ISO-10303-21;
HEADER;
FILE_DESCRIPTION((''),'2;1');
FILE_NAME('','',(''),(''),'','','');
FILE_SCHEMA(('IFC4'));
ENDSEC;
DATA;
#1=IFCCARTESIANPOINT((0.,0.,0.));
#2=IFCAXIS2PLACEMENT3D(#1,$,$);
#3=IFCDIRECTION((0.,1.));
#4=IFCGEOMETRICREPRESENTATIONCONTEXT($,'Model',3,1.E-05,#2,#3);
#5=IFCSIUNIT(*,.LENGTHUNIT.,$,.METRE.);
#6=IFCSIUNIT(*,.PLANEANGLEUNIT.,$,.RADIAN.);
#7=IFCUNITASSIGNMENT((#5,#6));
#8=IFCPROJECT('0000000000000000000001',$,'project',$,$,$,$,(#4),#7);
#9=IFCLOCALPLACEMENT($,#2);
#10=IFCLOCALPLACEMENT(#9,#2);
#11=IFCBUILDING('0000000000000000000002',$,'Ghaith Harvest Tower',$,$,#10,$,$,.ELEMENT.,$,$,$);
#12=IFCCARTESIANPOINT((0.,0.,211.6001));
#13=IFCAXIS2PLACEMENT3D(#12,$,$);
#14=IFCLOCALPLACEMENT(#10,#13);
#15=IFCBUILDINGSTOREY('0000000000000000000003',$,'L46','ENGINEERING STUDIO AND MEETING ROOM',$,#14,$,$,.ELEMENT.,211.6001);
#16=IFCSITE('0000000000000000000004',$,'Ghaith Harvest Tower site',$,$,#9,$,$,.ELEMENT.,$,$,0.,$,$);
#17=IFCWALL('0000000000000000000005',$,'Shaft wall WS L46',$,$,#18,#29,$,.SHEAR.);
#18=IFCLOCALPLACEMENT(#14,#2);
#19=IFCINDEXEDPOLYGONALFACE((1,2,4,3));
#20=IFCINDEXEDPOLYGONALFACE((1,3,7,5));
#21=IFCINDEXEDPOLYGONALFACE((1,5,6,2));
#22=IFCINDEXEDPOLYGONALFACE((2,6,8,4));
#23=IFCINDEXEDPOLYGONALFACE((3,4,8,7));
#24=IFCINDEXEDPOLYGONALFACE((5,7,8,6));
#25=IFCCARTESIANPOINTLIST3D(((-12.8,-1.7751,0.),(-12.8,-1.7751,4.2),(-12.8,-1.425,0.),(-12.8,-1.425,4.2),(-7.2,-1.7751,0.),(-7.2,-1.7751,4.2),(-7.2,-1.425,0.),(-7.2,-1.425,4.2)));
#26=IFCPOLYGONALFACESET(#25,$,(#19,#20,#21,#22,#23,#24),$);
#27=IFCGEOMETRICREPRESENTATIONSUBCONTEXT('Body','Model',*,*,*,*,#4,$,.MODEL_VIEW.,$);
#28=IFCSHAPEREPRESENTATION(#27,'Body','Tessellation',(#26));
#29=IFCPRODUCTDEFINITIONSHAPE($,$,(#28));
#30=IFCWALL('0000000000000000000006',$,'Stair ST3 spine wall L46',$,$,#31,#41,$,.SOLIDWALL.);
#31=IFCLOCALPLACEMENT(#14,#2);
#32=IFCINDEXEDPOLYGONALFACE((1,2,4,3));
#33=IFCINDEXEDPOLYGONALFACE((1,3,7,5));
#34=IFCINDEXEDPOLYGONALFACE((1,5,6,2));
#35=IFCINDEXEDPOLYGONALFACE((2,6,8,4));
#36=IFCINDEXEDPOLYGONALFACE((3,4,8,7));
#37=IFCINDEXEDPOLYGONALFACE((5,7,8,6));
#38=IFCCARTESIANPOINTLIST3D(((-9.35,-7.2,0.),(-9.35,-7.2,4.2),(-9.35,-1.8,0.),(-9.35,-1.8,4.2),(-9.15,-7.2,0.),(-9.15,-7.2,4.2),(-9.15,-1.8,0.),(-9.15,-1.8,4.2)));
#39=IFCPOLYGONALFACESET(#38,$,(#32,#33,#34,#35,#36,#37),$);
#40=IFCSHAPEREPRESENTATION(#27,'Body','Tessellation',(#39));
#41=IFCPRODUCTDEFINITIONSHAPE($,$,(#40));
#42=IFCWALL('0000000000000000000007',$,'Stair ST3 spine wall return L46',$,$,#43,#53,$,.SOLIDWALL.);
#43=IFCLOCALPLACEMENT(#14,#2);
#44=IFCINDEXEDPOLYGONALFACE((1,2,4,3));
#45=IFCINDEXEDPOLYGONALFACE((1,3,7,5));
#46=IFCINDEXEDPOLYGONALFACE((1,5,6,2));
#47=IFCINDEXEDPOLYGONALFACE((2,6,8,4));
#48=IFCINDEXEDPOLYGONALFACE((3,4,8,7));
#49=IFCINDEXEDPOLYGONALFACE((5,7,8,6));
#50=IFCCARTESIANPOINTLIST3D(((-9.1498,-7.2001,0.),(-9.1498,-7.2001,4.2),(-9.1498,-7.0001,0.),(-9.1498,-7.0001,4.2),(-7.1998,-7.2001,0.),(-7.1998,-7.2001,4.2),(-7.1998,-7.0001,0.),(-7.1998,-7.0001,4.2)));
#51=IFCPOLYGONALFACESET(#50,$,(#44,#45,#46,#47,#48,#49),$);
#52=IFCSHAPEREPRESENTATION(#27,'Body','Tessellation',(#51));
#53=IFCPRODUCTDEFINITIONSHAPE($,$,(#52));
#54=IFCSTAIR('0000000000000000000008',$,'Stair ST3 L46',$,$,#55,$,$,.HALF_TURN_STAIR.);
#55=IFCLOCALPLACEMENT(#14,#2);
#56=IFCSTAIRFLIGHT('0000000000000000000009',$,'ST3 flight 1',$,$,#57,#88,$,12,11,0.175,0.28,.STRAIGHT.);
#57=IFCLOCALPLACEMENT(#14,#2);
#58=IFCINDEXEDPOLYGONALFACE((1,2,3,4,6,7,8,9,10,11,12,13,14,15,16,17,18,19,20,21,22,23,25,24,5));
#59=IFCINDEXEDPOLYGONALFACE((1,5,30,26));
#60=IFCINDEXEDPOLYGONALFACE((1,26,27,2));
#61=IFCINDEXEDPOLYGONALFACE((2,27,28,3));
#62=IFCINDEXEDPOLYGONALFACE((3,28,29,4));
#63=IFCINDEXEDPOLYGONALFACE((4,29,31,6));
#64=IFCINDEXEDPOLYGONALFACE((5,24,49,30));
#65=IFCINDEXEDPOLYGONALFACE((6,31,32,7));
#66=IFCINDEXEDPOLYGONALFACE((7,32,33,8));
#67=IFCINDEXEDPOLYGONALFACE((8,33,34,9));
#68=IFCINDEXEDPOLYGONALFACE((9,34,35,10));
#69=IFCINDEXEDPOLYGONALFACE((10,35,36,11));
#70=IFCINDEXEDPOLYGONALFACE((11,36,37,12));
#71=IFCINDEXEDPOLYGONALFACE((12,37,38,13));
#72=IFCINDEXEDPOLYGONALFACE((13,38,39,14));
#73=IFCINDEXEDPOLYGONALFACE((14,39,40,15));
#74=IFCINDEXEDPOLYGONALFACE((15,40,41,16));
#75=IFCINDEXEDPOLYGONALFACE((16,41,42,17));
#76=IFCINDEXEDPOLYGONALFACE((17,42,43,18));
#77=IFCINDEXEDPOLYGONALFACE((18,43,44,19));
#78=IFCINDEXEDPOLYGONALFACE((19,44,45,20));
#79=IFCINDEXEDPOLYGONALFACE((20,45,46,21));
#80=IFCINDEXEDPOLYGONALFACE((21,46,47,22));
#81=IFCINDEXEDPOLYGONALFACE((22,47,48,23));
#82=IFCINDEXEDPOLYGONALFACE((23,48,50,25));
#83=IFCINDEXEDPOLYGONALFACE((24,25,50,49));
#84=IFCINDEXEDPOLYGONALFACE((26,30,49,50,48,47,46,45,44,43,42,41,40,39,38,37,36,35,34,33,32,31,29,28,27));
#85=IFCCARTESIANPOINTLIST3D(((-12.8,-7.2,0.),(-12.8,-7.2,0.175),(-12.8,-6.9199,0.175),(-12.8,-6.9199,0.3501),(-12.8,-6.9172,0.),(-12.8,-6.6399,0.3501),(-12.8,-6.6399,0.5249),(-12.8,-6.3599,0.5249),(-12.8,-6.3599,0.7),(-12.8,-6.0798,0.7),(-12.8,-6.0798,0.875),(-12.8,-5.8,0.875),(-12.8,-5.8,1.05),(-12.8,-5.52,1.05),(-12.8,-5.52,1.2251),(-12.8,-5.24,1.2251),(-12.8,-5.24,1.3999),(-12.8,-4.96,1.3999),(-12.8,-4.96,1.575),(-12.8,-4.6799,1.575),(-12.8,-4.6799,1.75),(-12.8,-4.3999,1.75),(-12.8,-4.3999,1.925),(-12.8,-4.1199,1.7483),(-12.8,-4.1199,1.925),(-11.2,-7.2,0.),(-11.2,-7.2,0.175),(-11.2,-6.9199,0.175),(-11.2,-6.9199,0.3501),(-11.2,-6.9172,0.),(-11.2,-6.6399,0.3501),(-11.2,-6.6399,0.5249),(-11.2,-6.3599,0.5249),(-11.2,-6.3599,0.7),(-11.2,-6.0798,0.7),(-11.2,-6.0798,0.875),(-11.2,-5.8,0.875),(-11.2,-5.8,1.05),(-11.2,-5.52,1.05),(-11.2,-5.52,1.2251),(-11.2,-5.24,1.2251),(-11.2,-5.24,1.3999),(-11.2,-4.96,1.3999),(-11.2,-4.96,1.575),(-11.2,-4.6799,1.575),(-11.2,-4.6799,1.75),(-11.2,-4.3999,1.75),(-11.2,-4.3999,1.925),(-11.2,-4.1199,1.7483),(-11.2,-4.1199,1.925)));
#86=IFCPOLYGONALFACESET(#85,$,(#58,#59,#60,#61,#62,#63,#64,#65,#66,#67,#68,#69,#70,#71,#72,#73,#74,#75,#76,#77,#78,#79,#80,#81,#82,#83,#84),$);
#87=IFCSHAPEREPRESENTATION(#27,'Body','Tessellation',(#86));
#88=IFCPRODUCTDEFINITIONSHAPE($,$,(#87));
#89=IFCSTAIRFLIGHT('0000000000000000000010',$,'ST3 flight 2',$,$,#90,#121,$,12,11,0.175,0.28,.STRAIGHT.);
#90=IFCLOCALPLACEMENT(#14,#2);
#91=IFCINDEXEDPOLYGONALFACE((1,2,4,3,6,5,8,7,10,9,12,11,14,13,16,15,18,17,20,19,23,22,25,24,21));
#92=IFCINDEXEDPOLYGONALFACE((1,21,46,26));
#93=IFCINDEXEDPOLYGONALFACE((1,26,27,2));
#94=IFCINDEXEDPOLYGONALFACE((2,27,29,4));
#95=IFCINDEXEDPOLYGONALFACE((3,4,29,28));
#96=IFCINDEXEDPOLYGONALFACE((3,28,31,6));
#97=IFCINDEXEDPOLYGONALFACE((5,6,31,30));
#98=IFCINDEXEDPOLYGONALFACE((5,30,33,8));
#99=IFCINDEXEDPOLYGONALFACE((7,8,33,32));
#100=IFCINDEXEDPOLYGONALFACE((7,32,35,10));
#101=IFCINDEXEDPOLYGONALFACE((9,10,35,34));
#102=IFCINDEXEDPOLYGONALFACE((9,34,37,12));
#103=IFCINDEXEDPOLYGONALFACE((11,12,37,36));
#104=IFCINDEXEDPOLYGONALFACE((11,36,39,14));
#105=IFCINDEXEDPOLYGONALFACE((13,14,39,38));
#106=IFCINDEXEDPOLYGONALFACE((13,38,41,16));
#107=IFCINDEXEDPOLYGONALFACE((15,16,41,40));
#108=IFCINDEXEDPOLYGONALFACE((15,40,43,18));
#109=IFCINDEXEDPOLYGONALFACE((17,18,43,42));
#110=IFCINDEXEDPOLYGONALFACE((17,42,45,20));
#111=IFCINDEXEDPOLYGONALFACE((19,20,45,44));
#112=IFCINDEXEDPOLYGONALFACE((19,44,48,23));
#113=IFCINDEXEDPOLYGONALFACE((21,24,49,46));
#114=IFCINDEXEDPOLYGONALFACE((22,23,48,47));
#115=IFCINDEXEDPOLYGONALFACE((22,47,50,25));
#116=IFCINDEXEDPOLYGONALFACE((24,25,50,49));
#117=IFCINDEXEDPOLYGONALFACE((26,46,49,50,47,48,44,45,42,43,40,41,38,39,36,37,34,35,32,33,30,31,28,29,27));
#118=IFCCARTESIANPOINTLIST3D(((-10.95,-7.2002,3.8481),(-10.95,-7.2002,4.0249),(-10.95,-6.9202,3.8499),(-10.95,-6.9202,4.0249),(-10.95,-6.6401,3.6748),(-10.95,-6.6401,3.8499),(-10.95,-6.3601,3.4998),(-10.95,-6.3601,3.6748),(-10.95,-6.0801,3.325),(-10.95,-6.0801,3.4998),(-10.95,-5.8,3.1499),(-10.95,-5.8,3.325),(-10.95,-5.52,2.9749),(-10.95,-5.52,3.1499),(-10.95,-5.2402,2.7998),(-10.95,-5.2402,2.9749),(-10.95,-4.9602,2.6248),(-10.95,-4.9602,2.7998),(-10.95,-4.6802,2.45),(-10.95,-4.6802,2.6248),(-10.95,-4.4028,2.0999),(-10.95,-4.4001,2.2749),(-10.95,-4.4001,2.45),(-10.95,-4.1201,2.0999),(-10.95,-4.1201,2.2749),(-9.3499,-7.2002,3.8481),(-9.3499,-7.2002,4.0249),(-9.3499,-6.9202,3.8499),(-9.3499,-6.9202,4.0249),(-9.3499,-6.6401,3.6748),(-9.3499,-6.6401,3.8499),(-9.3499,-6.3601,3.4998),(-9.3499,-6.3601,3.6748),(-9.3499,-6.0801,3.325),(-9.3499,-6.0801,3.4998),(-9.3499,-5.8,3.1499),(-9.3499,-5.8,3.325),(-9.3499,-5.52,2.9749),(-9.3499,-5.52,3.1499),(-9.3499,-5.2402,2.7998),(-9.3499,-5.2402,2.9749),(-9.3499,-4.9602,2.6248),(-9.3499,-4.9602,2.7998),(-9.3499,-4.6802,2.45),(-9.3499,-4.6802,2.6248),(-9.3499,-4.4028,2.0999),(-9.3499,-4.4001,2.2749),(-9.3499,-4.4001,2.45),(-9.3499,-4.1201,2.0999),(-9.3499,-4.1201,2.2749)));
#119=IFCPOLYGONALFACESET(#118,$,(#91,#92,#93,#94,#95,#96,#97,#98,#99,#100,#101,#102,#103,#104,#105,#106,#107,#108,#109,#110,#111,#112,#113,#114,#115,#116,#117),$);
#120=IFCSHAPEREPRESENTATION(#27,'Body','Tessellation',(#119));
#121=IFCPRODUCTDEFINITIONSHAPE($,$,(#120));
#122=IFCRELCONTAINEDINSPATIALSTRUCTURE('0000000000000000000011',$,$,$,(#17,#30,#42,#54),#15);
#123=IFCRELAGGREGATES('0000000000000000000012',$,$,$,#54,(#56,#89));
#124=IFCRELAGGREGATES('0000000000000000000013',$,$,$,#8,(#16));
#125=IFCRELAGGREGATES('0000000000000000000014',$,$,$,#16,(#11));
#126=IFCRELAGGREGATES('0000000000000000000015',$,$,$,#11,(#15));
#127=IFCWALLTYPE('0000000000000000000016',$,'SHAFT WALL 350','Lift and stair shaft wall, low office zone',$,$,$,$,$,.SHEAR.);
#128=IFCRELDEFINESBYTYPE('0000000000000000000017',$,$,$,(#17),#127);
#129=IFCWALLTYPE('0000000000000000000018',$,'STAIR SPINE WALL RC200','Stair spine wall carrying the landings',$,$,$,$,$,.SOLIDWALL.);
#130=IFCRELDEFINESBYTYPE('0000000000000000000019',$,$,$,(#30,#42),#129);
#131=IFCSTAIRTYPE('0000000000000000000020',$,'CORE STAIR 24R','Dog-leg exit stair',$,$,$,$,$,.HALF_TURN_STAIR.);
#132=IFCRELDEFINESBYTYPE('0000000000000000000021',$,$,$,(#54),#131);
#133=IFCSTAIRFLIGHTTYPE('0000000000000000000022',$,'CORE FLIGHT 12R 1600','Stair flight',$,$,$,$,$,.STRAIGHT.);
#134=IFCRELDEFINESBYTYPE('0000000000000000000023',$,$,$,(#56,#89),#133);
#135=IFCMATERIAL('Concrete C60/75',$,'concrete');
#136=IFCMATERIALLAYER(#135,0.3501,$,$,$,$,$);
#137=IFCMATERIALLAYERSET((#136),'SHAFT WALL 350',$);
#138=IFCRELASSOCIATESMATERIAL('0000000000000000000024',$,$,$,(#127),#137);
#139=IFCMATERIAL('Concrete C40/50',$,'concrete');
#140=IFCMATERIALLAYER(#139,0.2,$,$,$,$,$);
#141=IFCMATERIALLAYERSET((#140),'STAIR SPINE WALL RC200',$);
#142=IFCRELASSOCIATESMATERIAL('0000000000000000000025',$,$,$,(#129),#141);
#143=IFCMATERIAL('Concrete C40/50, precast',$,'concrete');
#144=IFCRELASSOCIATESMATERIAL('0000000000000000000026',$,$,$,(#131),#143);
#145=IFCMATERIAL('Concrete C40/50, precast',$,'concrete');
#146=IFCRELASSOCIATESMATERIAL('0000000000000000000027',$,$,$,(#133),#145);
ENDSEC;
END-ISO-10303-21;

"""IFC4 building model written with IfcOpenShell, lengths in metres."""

from ifc_helpers import new_model, si_unit, direction, frame, frame_2d, origin, place, context, subcontext, project, spatial, polyline, rectangle, outline, extrude, material, layer, layer_set, type_object, element, aggregate, save


model = new_model("IFC4")

# Units and contexts
model_context = context("Model", 3, precision=1e-05, world=origin(), true_north=direction((0.0, 1.0)))
body_context = subcontext(model_context, "Body", "Model", "MODEL_VIEW")
ifc_project = project(units=[si_unit("LENGTHUNIT", "METRE"), si_unit("PLANEANGLEUNIT", "RADIAN")], contexts=[model_context])

# Site, building, storey
site_placement = place(None, origin())
site = spatial("IfcSite", under=ifc_project, at=site_placement, Name="Ghaith Harvest Tower site", CompositionType="ELEMENT", RefElevation=0.0)
building_placement = place(site_placement, origin())
building = spatial("IfcBuilding", under=site, at=building_placement, Name="Ghaith Harvest Tower", CompositionType="ELEMENT")
storey_placement = place(building_placement, frame((0.0, 0.0, 211.6001)))
storey = spatial("IfcBuildingStorey", under=building, at=storey_placement, Name="L46", Description="ENGINEERING STUDIO AND MEETING ROOM", CompositionType="ELEMENT", Elevation=211.6001)

# Shared definitions
ifc_material_1 = material(Name="Concrete C60/75", Category="concrete")
ifc_layer_1 = layer(ifc_material_1, 0.3501)
ifc_layer_set_1 = layer_set([ifc_layer_1], Name="SHAFT WALL 350")
wall_type_1 = type_object("IfcWallType", Name="SHAFT WALL 350", Description="Lift and stair shaft wall, low office zone", PredefinedType="SHEAR", material=ifc_layer_set_1)

# Walls
wall_1_placement = place(storey_placement, frame((-12.8, -1.6001, 0.0), z_axis=(0.0, 0.0, 1.0), x_axis=(1.0, 0.0, 0.0)))
element("IfcWall", 1, at=wall_1_placement, inside=storey, type_object=wall_type_1, Name="Shaft wall WS L46", PredefinedType="SHEAR", context=body_context, shape_type="SweptSolid", body=[
    extrude(rectangle(XDim=5.6001, YDim=0.3501, at=frame_2d((2.8, 0.0))), origin(), (0.0, 0.0, 1.0), 4.2),
])
ifc_material_2 = material(Name="Concrete C40/50", Category="concrete")
ifc_layer_2 = layer(ifc_material_2, 0.2)
ifc_layer_set_2 = layer_set([ifc_layer_2], Name="STAIR SPINE WALL RC200")
wall_type_2 = type_object("IfcWallType", Name="STAIR SPINE WALL RC200", Description="Stair spine wall carrying the landings", PredefinedType="SOLIDWALL", material=ifc_layer_set_2)
wall_2_placement = place(storey_placement, frame((-9.25, -7.2, 0.0), z_axis=(0.0, 0.0, 1.0), x_axis=(0.0, 1.0, 0.0)))
element("IfcWall", 2, at=wall_2_placement, inside=storey, type_object=wall_type_2, Name="Stair ST3 spine wall L46", PredefinedType="SOLIDWALL", context=body_context, shape_type="SweptSolid", body=[
    extrude(rectangle(XDim=5.3999, YDim=0.2, at=frame_2d((2.7, 0.0))), origin(), (0.0, 0.0, 1.0), 4.2),
])
wall_3_placement = place(storey_placement, frame((-9.1499, -7.1001, 0.0), z_axis=(0.0, 0.0, 1.0), x_axis=(1.0, 0.0, 0.0)))
element("IfcWall", 3, at=wall_3_placement, inside=storey, type_object=wall_type_2, Name="Stair ST3 spine wall return L46", PredefinedType="SOLIDWALL", context=body_context, shape_type="SweptSolid", body=[
    extrude(rectangle(XDim=1.95, YDim=0.2, at=frame_2d((0.9751, 0.0))), origin(), (0.0, 0.0, 1.0), 4.2),
])

# Stair, stair flights
ifc_material_3 = material(Name="Concrete C40/50, precast", Category="concrete")
stair_type = type_object("IfcStairType", Name="CORE STAIR 24R", Description="Dog-leg exit stair", PredefinedType="HALF_TURN_STAIR", material=ifc_material_3)
stair_placement = place(storey_placement, origin())
stair = element("IfcStair", 4, at=stair_placement, inside=storey, type_object=stair_type, Name="Stair ST3 L46", PredefinedType="HALF_TURN_STAIR")
ifc_material_4 = material(Name="Concrete C40/50, precast", Category="concrete")
stair_flight_type = type_object("IfcStairFlightType", Name="CORE FLIGHT 12R 1600", Description="Stair flight", PredefinedType="STRAIGHT", material=ifc_material_4)
stair_flight_1_placement = place(storey_placement, frame((-12.0, -7.2, 0.0), z_axis=(0.0, 0.0, 1.0), x_axis=(0.0, 1.0, 0.0)))
stair_flight_1 = element("IfcStairFlight", 5, at=stair_flight_1_placement, type_object=stair_flight_type, Name="ST3 flight 1", NumberOfRisers=12, NumberOfTreads=11, PredefinedType="STRAIGHT", RiserHeight=0.175, TreadLength=0.28, context=body_context, shape_type="SweptSolid", body=[
    extrude(outline(polyline([(0.0, 0.0), (0.0, 0.175), (0.28, 0.175), (0.28, 0.3501), (0.5601, 0.3501), (0.5601, 0.5249), (0.8401, 0.5249), (0.8401, 0.7), (1.1201, 0.7), (1.1201, 0.875), (1.3999, 0.875), (1.3999, 1.05), (1.6799, 1.05), (1.6799, 1.2251), (1.96, 1.2251), (1.96, 1.3999), (2.24, 1.3999), (2.24, 1.575), (2.52, 1.575), (2.52, 1.75), (2.8, 1.75), (2.8, 1.925), (3.0801, 1.925), (3.0801, 2.1001), (3.0801, 1.7483), (0.2827, 0.0), (0.0, 0.0)])), frame((0.0, 0.8, 0.0), z_axis=(0.0, -1.0, 0.0), x_axis=(1.0, 0.0, 0.0)), (0.0, 0.0, 1.0), 1.6001),
])
stair_flight_2_placement = place(storey_placement, frame((-10.1499, -4.1201, 2.0999), z_axis=(0.0, 0.0, 1.0), x_axis=(0.0, -1.0, 0.0)))
stair_flight_2 = element("IfcStairFlight", 6, at=stair_flight_2_placement, type_object=stair_flight_type, Name="ST3 flight 2", NumberOfRisers=12, NumberOfTreads=11, PredefinedType="STRAIGHT", RiserHeight=0.175, TreadLength=0.28, context=body_context, shape_type="SweptSolid", body=[
    extrude(outline(polyline([(0.0, 0.0), (0.0, 0.175), (0.28, 0.175), (0.28, 0.3501), (0.5601, 0.3501), (0.5601, 0.5249), (0.8401, 0.5249), (0.8401, 0.7), (1.1201, 0.7), (1.1201, 0.875), (1.3999, 0.875), (1.3999, 1.05), (1.6799, 1.05), (1.6799, 1.2251), (1.96, 1.2251), (1.96, 1.3999), (2.24, 1.3999), (2.24, 1.575), (2.52, 1.575), (2.52, 1.75), (2.8, 1.75), (2.8, 1.925), (3.0801, 1.925), (3.0801, 2.1001), (3.0801, 1.7483), (0.2827, 0.0), (0.0, 0.0)])), frame((0.0, 0.8, 0.0), z_axis=(0.0, -1.0, 0.0), x_axis=(1.0, 0.0, 0.0)), (0.0, 0.0, 1.0), 1.6001),
])
aggregate(stair, [stair_flight_1, stair_flight_2])

save(model, "model.ifc")
